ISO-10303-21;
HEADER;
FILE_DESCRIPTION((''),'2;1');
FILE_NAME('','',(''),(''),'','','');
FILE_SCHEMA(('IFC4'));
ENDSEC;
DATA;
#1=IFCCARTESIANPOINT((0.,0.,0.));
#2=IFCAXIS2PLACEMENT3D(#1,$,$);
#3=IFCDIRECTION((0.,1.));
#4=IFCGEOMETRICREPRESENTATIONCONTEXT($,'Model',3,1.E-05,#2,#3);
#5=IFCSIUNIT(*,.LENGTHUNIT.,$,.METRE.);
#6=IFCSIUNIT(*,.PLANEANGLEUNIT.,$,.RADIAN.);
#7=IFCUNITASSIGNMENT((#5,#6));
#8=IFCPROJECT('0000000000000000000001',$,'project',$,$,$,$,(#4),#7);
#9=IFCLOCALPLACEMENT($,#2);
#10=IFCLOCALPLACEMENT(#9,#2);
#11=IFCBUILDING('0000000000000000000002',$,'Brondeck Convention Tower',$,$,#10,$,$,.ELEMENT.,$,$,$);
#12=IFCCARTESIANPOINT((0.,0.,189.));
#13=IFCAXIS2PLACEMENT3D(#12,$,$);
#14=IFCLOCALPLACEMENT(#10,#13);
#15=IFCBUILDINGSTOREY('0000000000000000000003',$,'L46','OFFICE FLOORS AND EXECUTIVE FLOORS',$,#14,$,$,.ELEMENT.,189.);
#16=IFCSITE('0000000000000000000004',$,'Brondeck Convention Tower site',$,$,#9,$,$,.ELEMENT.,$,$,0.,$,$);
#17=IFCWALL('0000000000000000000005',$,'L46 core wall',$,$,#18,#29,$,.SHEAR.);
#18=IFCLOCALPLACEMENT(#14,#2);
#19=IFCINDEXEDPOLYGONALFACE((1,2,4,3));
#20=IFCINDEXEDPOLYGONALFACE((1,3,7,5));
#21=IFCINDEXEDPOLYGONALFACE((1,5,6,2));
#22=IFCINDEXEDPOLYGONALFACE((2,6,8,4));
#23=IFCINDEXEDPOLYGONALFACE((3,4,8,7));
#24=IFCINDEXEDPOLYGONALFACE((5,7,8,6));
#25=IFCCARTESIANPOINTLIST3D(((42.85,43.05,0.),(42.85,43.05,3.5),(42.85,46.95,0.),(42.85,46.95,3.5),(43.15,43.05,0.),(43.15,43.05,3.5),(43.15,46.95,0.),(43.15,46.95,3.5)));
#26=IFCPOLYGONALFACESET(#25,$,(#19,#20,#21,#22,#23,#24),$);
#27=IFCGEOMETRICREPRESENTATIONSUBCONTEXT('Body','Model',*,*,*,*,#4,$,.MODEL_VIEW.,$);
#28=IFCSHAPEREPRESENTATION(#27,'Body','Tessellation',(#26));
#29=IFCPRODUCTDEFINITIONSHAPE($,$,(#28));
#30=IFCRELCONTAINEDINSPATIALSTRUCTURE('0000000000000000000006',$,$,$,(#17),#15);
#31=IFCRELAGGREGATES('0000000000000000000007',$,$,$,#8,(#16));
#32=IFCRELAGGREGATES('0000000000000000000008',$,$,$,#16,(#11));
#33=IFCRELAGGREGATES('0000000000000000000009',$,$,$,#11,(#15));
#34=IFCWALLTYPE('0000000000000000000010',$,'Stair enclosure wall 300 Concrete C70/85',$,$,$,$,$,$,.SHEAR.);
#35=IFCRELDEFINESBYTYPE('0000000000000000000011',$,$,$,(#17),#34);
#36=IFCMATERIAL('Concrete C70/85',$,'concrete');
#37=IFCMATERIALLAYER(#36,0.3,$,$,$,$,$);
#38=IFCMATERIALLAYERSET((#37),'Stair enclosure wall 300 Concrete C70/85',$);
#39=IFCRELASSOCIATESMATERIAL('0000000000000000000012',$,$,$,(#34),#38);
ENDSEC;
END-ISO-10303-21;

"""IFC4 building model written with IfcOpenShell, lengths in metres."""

from ifc_helpers import new_model, si_unit, direction, frame, frame_2d, origin, place, context, subcontext, project, spatial, rectangle, extrude, material, layer, layer_set, type_object, element, save


model = new_model("IFC4")

# Units and contexts
model_context = context("Model", 3, precision=1e-05, world=origin(), true_north=direction((0.0, 1.0)))
body_context = subcontext(model_context, "Body", "Model", "MODEL_VIEW")
ifc_project = project(units=[si_unit("LENGTHUNIT", "METRE"), si_unit("PLANEANGLEUNIT", "RADIAN")], contexts=[model_context])

# Site, building, storey
site_placement = place(None, origin())
site = spatial("IfcSite", under=ifc_project, at=site_placement, Name="Brondeck Convention Tower site", CompositionType="ELEMENT", RefElevation=0.0)
building_placement = place(site_placement, origin())
building = spatial("IfcBuilding", under=site, at=building_placement, Name="Brondeck Convention Tower", CompositionType="ELEMENT")
storey_placement = place(building_placement, frame((0.0, 0.0, 189.0)))
storey = spatial("IfcBuildingStorey", under=building, at=storey_placement, Name="L46", Description="OFFICE FLOORS AND EXECUTIVE FLOORS", CompositionType="ELEMENT", Elevation=189.0)

# Shared definitions
ifc_material_1 = material(Name="Concrete C70/85", Category="concrete")

# Wall
ifc_layer_1 = layer(ifc_material_1, 0.3)
ifc_layer_set_1 = layer_set([ifc_layer_1], Name="Stair enclosure wall 300 Concrete C70/85")
wall_type_1 = type_object("IfcWallType", Name="Stair enclosure wall 300 Concrete C70/85", PredefinedType="SHEAR", material=ifc_layer_set_1)
wall_1_placement = place(storey_placement, frame((43.0, 43.05, 0.0), z_axis=(0.0, 0.0, 1.0), x_axis=(0.0, 1.0, 0.0)))
element("IfcWall", 1, at=wall_1_placement, inside=storey, type_object=wall_type_1, Name="L46 core wall", PredefinedType="SHEAR", context=body_context, shape_type="SweptSolid", body=[
    extrude(rectangle(XDim=3.8999, YDim=0.3, at=frame_2d((1.95, 0.0))), origin(), (0.0, 0.0, 1.0), 3.5),
])

save(model, "model.ifc")
